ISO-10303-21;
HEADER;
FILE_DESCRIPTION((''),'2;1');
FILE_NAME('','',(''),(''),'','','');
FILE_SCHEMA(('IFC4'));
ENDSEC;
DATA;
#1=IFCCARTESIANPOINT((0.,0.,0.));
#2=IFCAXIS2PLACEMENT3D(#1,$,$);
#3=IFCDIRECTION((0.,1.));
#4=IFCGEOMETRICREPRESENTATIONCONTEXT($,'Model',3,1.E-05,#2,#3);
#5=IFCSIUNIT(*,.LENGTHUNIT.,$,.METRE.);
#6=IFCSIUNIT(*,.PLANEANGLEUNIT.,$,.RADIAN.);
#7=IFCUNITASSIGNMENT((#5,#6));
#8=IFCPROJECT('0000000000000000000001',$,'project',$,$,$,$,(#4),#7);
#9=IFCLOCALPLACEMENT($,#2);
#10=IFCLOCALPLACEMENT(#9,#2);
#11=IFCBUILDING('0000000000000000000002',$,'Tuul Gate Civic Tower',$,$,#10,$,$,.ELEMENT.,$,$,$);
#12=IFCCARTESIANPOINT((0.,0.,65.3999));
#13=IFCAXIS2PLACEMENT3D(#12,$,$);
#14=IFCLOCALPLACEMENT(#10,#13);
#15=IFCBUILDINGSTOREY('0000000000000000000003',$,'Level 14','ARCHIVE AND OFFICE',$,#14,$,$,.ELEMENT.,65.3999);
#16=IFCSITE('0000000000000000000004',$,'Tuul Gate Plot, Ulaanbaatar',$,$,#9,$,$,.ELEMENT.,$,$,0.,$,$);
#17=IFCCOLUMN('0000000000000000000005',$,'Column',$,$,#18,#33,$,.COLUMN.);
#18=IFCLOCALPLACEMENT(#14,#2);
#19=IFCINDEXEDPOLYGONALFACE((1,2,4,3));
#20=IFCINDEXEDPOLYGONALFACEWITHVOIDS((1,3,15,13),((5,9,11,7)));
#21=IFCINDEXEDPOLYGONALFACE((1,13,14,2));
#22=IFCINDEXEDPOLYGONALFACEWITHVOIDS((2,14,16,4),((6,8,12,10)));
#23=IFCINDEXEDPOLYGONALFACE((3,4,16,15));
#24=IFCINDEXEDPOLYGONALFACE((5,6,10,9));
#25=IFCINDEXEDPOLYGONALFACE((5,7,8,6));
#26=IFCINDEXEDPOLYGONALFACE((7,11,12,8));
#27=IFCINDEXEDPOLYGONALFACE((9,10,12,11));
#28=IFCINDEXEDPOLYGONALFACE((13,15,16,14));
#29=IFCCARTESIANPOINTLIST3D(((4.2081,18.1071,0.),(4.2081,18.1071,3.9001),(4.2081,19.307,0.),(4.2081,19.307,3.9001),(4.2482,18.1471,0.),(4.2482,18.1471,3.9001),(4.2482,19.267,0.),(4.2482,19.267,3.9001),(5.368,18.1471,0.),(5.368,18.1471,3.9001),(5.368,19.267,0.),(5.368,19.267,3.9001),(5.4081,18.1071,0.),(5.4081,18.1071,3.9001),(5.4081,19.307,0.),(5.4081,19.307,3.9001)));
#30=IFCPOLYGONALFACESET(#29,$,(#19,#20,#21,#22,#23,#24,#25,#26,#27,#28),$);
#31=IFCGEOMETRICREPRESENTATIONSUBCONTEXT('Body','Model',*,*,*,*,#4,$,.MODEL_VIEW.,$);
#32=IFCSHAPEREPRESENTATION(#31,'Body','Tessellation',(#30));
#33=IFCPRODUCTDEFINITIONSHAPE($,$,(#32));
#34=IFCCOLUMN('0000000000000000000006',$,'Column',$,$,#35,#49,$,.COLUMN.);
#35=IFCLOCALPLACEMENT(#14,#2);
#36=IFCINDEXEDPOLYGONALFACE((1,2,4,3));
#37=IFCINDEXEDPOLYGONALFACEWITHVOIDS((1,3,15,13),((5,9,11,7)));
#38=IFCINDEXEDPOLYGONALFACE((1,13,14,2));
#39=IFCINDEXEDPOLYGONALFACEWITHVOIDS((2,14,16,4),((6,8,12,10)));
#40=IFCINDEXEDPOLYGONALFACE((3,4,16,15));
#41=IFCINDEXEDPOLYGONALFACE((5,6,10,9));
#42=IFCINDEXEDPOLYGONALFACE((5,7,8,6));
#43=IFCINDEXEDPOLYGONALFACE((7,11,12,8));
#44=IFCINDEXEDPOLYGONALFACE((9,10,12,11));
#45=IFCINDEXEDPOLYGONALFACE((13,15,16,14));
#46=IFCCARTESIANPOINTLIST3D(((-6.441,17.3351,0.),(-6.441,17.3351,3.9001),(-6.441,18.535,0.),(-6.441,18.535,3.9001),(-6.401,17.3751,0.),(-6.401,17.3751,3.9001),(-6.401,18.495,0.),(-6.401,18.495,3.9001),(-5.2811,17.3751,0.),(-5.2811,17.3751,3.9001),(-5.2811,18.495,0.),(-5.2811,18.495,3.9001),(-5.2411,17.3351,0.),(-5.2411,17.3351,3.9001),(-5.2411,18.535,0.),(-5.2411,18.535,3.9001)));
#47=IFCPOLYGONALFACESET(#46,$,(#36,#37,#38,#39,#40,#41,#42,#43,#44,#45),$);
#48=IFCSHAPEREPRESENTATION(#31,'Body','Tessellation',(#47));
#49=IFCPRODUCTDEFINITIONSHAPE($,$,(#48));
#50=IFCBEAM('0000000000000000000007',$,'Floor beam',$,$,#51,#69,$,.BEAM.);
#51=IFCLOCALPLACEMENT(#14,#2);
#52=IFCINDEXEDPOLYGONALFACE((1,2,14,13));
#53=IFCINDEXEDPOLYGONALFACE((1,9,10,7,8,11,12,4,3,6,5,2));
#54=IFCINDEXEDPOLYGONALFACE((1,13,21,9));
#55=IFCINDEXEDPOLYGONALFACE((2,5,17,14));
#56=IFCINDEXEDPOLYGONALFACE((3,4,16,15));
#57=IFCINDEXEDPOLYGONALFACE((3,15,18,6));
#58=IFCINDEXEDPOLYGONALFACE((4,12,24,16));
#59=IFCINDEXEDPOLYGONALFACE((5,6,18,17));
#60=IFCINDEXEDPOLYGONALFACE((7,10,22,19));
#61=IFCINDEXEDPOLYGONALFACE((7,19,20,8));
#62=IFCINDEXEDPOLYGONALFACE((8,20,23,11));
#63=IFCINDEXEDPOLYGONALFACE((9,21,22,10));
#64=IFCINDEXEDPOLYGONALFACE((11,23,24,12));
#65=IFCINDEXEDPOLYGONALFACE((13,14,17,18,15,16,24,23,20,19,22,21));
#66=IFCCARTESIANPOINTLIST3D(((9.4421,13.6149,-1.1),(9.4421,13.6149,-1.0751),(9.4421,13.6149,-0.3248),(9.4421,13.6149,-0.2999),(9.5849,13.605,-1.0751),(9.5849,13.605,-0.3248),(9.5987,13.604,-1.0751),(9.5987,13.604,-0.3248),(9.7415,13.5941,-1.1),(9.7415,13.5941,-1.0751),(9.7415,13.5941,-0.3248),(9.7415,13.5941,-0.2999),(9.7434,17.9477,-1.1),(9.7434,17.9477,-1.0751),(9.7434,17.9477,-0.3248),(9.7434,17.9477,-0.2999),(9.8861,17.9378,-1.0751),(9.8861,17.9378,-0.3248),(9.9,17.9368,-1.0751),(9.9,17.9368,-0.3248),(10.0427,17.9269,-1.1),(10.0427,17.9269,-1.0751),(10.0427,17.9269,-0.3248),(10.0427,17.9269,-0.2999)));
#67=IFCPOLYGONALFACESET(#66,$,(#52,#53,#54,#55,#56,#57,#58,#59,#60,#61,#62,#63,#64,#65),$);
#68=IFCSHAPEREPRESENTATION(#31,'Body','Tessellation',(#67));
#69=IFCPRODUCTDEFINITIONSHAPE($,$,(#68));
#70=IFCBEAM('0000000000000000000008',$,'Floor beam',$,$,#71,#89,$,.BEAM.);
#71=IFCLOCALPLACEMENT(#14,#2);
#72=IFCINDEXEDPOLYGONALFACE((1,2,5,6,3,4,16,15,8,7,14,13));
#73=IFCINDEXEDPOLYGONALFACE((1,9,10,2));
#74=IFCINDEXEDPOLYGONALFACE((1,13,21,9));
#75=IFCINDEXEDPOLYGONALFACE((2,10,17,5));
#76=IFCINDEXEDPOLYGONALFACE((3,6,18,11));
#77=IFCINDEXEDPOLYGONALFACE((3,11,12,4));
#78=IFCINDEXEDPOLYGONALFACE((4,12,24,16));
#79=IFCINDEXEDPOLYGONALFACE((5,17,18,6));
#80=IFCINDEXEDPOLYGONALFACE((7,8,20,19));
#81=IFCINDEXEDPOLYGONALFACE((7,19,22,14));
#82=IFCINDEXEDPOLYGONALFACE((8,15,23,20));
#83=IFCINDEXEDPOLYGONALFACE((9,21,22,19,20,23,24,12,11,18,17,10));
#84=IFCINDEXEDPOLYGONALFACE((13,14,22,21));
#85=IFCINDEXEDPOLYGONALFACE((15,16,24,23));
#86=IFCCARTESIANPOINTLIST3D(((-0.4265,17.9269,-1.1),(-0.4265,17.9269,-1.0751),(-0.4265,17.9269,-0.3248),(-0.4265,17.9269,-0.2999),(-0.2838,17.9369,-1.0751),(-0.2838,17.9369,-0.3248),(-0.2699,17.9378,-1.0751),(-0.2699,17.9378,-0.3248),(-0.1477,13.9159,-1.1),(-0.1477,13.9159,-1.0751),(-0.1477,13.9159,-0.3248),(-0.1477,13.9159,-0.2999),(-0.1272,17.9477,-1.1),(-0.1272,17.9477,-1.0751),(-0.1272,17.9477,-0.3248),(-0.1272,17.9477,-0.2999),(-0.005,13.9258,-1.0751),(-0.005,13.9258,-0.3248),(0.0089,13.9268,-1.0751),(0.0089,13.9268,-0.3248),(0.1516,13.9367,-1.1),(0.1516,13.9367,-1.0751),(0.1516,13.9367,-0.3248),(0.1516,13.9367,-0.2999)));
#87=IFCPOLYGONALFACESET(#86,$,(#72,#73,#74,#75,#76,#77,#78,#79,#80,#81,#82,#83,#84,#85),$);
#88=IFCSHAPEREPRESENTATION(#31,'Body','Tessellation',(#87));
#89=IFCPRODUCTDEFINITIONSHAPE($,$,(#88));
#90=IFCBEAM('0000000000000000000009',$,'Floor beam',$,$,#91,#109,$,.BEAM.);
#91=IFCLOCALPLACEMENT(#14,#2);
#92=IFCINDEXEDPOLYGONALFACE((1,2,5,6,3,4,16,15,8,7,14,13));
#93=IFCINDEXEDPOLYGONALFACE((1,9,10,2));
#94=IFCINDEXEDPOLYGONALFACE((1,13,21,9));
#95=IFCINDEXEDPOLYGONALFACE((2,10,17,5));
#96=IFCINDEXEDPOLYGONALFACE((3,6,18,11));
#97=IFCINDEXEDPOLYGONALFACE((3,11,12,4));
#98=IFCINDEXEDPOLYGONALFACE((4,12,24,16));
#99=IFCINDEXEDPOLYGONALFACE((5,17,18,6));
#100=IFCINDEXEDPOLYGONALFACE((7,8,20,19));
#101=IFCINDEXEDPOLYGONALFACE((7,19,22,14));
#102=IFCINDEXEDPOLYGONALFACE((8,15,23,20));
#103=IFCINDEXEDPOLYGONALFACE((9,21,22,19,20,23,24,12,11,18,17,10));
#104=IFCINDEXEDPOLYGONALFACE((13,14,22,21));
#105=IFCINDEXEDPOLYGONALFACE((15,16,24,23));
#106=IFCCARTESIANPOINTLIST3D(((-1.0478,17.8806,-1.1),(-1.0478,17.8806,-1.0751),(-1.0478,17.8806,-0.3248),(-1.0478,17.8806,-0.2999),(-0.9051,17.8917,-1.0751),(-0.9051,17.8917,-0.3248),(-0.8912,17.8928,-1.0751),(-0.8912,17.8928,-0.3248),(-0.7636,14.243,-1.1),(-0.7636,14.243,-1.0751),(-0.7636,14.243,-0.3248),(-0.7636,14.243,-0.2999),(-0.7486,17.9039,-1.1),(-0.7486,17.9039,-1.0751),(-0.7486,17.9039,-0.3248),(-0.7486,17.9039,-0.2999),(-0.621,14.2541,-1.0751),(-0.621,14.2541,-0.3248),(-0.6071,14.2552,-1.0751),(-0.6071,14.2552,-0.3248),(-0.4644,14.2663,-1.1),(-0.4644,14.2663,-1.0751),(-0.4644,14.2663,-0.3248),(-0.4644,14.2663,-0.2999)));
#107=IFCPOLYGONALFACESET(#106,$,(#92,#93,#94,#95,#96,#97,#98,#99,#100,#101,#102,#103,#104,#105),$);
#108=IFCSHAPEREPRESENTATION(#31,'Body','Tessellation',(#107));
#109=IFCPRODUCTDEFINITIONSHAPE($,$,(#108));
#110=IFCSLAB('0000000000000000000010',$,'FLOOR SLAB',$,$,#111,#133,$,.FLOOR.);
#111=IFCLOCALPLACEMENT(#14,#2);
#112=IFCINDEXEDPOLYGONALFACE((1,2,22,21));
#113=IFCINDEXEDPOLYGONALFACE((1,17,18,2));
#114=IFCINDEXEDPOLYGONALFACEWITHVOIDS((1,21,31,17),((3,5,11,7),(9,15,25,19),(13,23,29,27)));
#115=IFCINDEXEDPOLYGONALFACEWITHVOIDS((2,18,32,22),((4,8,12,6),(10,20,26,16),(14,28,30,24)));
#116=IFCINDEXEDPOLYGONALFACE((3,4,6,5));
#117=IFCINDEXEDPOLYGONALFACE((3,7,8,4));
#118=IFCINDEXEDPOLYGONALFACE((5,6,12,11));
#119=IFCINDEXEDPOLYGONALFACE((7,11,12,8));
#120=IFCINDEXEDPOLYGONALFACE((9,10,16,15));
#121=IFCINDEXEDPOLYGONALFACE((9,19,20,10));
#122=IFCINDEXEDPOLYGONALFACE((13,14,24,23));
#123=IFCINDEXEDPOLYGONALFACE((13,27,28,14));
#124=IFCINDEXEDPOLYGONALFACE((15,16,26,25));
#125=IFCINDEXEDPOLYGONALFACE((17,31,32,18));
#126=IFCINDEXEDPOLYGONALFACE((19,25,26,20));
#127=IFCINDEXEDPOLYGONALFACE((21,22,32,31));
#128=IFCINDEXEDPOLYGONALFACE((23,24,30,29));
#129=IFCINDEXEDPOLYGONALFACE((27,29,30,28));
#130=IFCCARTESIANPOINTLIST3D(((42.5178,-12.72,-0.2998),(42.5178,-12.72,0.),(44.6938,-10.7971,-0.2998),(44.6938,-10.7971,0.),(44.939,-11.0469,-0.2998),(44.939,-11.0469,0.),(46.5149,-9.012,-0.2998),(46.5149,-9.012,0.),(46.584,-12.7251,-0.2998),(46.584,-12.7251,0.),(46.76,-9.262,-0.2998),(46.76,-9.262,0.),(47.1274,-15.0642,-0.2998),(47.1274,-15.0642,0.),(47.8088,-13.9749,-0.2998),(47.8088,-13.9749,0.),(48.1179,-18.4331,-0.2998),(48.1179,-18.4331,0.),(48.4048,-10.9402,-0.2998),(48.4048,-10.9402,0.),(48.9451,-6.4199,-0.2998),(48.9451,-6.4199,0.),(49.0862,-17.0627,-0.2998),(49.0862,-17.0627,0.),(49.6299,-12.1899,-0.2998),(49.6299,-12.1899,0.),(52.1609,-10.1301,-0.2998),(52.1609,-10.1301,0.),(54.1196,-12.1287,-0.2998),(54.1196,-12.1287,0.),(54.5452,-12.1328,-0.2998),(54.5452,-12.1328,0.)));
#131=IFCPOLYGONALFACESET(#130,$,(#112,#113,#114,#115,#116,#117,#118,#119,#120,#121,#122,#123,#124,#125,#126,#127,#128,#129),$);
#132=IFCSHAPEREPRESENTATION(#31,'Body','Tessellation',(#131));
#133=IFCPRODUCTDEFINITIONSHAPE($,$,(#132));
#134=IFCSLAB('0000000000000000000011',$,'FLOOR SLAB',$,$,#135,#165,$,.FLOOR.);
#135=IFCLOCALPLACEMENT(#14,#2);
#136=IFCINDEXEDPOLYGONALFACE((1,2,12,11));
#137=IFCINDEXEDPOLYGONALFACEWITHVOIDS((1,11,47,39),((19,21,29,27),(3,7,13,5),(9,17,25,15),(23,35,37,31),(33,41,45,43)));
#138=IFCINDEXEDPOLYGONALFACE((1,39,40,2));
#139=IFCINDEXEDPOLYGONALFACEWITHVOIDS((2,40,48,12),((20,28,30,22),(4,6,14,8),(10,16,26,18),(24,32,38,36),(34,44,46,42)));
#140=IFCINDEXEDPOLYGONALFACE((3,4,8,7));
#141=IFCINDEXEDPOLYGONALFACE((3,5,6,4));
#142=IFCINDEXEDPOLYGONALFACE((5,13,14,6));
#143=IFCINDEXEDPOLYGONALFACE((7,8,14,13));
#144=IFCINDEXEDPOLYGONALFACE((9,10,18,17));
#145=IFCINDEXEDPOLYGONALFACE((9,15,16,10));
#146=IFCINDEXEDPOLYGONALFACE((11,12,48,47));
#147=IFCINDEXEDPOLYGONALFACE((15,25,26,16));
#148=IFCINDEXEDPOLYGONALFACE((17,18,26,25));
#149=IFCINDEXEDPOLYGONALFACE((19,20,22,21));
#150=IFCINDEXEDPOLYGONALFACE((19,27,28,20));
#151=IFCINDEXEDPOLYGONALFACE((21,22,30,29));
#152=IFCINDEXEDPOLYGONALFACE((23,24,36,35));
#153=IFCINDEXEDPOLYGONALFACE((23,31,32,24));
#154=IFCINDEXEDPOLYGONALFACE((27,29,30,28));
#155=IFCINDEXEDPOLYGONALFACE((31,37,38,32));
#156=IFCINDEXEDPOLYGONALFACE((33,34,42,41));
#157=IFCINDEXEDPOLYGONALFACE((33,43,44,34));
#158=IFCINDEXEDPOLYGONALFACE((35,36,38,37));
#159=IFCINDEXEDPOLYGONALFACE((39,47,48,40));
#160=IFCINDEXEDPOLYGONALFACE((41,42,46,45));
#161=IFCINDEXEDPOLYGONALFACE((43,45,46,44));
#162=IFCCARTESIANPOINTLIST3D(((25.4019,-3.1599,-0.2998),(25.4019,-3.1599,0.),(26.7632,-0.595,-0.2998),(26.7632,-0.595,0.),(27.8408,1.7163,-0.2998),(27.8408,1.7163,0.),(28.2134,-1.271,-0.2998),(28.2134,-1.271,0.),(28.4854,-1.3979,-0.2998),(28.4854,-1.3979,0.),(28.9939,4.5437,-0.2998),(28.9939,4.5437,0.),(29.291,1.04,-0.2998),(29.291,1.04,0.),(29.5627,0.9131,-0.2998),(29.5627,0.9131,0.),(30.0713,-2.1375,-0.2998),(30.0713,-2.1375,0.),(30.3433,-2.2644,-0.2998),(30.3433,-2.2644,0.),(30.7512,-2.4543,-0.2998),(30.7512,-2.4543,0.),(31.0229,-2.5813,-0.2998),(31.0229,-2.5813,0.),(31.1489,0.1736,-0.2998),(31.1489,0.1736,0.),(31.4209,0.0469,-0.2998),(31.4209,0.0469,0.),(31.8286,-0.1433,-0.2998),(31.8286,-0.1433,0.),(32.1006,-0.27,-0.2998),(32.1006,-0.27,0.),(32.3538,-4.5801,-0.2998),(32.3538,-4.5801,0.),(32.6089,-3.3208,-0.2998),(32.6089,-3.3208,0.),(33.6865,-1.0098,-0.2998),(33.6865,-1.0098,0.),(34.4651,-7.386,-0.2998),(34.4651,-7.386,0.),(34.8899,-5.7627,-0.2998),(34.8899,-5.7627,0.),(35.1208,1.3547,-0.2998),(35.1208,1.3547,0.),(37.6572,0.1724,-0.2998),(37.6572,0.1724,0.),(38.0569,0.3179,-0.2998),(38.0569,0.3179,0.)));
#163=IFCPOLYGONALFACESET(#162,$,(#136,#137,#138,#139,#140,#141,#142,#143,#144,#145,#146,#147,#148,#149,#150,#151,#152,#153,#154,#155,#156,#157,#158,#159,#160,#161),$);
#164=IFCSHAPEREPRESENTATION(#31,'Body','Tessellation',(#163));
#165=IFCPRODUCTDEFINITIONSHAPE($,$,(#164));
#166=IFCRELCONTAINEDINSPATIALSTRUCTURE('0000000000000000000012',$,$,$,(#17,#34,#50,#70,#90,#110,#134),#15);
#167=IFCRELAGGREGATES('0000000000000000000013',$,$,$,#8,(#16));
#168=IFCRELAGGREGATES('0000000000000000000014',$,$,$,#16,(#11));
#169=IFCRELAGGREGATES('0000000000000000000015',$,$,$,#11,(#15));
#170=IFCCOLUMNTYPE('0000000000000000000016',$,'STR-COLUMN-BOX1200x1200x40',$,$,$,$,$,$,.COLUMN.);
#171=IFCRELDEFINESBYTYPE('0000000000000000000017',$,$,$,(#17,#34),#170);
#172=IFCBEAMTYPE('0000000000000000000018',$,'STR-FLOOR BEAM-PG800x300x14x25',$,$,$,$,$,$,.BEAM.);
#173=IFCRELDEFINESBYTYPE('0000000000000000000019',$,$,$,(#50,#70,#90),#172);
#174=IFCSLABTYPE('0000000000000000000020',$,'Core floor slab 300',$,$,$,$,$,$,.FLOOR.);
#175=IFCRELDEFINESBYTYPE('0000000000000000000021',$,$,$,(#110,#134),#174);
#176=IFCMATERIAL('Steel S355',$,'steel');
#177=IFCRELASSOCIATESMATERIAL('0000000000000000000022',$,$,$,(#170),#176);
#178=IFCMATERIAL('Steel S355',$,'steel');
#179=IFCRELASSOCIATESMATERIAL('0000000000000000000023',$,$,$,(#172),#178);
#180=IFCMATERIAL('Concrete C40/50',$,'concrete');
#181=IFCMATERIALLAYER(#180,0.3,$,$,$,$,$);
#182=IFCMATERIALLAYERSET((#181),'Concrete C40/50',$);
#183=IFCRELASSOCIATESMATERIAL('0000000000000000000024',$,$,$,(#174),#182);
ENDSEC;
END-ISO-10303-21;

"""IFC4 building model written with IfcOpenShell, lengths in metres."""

from ifc_helpers import new_model, si_unit, direction, frame, origin, origin_2d, place, context, subcontext, project, spatial, polyline, hollow_rectangle, i_section, outline, extrude, material, layer, layer_set, material_profile, profile_set, type_object, element, save


model = new_model("IFC4")

# Units and contexts
model_context = context("Model", 3, precision=1e-05, world=origin(), true_north=direction((0.0, 1.0)))
body_context = subcontext(model_context, "Body", "Model", "MODEL_VIEW")
ifc_project = project(units=[si_unit("LENGTHUNIT", "METRE"), si_unit("PLANEANGLEUNIT", "RADIAN")], contexts=[model_context])

# Site, building, storey
site_placement = place(None, origin())
site = spatial("IfcSite", under=ifc_project, at=site_placement, Name="Tuul Gate Plot, Ulaanbaatar", CompositionType="ELEMENT", RefElevation=0.0)
building_placement = place(site_placement, origin())
building = spatial("IfcBuilding", under=site, at=building_placement, Name="Tuul Gate Civic Tower", CompositionType="ELEMENT")
storey_placement = place(building_placement, frame((0.0, 0.0, 65.3999)))
storey = spatial("IfcBuildingStorey", under=building, at=storey_placement, Name="Level 14", Description="ARCHIVE AND OFFICE", CompositionType="ELEMENT", Elevation=65.3999)

# Columns
ifc_material_1 = material(Name="Steel S355", Category="steel")
ifc_material_profile_1 = material_profile(ifc_material_1, hollow_rectangle(XDim=1.2, YDim=1.2, WallThickness=0.04, at=origin_2d()), Name="BOX1200x1200x40")
ifc_profile_set_1 = profile_set([ifc_material_profile_1], Name="Steel S355")
column_type = type_object("IfcColumnType", Name="STR-COLUMN-BOX1200x1200x40", PredefinedType="COLUMN", material=ifc_profile_set_1)
for number, where, z_axis, x_axis, name in (
    (1, (4.8081, 18.707, 0.0), (0.0, 0.0, 1.0), (1.0, 0.0, 0.0), "Column"),
    (2, (-5.8411, 17.9351, 0.0), (0.0, 0.0, 1.0), (1.0, 0.0, 0.0), "Column"),
):
    element("IfcColumn", number, at=place(storey_placement, frame(where, z_axis=z_axis, x_axis=x_axis)), inside=storey, type_object=column_type, Name=name, PredefinedType="COLUMN", context=body_context, shape_type="SweptSolid", body=[
        extrude(hollow_rectangle(XDim=1.2, YDim=1.2, WallThickness=0.04, at=origin_2d()), origin(), (0.0, 0.0, 1.0), 3.9001),
    ])

# Beams
ifc_material_2 = material(Name="Steel S355", Category="steel")
ifc_material_profile_2 = material_profile(ifc_material_2, i_section(OverallWidth=0.3, OverallDepth=0.8, WebThickness=0.0139, FlangeThickness=0.0249, at=origin_2d()), Name="PG800x300x14x25")
ifc_profile_set_2 = profile_set([ifc_material_profile_2], Name="Steel S355")
beam_type = type_object("IfcBeamType", Name="STR-FLOOR BEAM-PG800x300x14x25", PredefinedType="BEAM", material=ifc_profile_set_2)
beam_1_placement = place(storey_placement, frame((9.5918, 13.6045, -0.7), z_axis=(0.069365, 0.997591, 0.0), x_axis=(-0.997591, 0.069365, 0.0)))
element("IfcBeam", 3, at=beam_1_placement, inside=storey, type_object=beam_type, Name="Floor beam", PredefinedType="BEAM", context=body_context, shape_type="SweptSolid", body=[
    extrude(i_section(OverallWidth=0.3, OverallDepth=0.8, WebThickness=0.0139, FlangeThickness=0.0249, at=origin_2d()), origin(), (0.0, 0.0, 1.0), 4.3433),
])
beam_2_placement = place(storey_placement, frame((0.002, 13.9263, -0.7), z_axis=(-0.069344, 0.997593, 0.0), x_axis=(-0.997593, -0.069344, 0.0)))
element("IfcBeam", 4, at=beam_2_placement, inside=storey, type_object=beam_type, Name="Floor beam", PredefinedType="BEAM", context=body_context, shape_type="SweptSolid", body=[
    extrude(i_section(OverallWidth=0.3, OverallDepth=0.8, WebThickness=0.0139, FlangeThickness=0.0249, at=origin_2d()), origin(), (0.0, 0.0, 1.0), 4.0208),
])
beam_3_placement = place(storey_placement, frame((-0.614, 14.2546, -0.7), z_axis=(-0.077884, 0.996962, 0.0), x_axis=(-0.996962, -0.077884, 0.0)))
element("IfcBeam", 5, at=beam_3_placement, inside=storey, type_object=beam_type, Name="Floor beam", PredefinedType="BEAM", context=body_context, shape_type="SweptSolid", body=[
    extrude(i_section(OverallWidth=0.3, OverallDepth=0.8, WebThickness=0.0139, FlangeThickness=0.0249, at=origin_2d()), origin(), (0.0, 0.0, 1.0), 3.6487),
])

# Slabs
ifc_material_3 = material(Name="Concrete C40/50", Category="concrete")
ifc_layer_1 = layer(ifc_material_3, 0.3)
ifc_layer_set_1 = layer_set([ifc_layer_1], Name="Concrete C40/50")
slab_type_1 = type_object("IfcSlabType", Name="Core floor slab 300", PredefinedType="FLOOR", material=ifc_layer_set_1)
slab_1_placement = place(storey_placement, frame((0.0, 0.0, -0.2998)))
element("IfcSlab", 6, at=slab_1_placement, inside=storey, type_object=slab_type_1, Name="FLOOR SLAB", PredefinedType="FLOOR", context=body_context, shape_type="SweptSolid", body=[
    extrude(outline(polyline([(48.1179, -18.4331), (54.5452, -12.1328), (48.9451, -6.4199), (42.5178, -12.72), (48.1179, -18.4331)]), holes=[polyline([(47.8088, -13.9749), (49.6299, -12.1899), (48.4048, -10.9402), (46.584, -12.7251), (47.8088, -13.9749)]), polyline([(44.939, -11.0469), (46.76, -9.262), (46.5149, -9.012), (44.6938, -10.7971), (44.939, -11.0469)]), polyline([(49.0862, -17.0627), (47.1274, -15.0642), (52.1609, -10.1301), (54.1196, -12.1287), (49.0862, -17.0627)])]), origin(), (0.0, 0.0, 1.0), 0.2998),
])
slab_2_placement = place(storey_placement, frame((0.0, 0.0, -0.2998)))
element("IfcSlab", 7, at=slab_2_placement, inside=storey, type_object=slab_type_1, Name="FLOOR SLAB", PredefinedType="FLOOR", context=body_context, shape_type="SweptSolid", body=[
    extrude(outline(polyline([(34.4651, -7.386), (38.0569, 0.3179), (28.9939, 4.5437), (25.4019, -3.1599), (34.4651, -7.386)]), holes=[polyline([(32.6089, -3.3208), (33.6865, -1.0098), (32.1006, -0.27), (31.0229, -2.5813), (32.6089, -3.3208)]), polyline([(30.0713, -2.1375), (31.1489, 0.1736), (29.5627, 0.9131), (28.4854, -1.3979), (30.0713, -2.1375)]), polyline([(30.7512, -2.4543), (31.8286, -0.1433), (31.4209, 0.0469), (30.3433, -2.2644), (30.7512, -2.4543)]), polyline([(28.2134, -1.271), (29.291, 1.04), (27.8408, 1.7163), (26.7632, -0.595), (28.2134, -1.271)]), polyline([(34.8899, -5.7627), (32.3538, -4.5801), (35.1208, 1.3547), (37.6572, 0.1724), (34.8899, -5.7627)])]), origin(), (0.0, 0.0, 1.0), 0.2998),
])

save(model, "model.ifc")
